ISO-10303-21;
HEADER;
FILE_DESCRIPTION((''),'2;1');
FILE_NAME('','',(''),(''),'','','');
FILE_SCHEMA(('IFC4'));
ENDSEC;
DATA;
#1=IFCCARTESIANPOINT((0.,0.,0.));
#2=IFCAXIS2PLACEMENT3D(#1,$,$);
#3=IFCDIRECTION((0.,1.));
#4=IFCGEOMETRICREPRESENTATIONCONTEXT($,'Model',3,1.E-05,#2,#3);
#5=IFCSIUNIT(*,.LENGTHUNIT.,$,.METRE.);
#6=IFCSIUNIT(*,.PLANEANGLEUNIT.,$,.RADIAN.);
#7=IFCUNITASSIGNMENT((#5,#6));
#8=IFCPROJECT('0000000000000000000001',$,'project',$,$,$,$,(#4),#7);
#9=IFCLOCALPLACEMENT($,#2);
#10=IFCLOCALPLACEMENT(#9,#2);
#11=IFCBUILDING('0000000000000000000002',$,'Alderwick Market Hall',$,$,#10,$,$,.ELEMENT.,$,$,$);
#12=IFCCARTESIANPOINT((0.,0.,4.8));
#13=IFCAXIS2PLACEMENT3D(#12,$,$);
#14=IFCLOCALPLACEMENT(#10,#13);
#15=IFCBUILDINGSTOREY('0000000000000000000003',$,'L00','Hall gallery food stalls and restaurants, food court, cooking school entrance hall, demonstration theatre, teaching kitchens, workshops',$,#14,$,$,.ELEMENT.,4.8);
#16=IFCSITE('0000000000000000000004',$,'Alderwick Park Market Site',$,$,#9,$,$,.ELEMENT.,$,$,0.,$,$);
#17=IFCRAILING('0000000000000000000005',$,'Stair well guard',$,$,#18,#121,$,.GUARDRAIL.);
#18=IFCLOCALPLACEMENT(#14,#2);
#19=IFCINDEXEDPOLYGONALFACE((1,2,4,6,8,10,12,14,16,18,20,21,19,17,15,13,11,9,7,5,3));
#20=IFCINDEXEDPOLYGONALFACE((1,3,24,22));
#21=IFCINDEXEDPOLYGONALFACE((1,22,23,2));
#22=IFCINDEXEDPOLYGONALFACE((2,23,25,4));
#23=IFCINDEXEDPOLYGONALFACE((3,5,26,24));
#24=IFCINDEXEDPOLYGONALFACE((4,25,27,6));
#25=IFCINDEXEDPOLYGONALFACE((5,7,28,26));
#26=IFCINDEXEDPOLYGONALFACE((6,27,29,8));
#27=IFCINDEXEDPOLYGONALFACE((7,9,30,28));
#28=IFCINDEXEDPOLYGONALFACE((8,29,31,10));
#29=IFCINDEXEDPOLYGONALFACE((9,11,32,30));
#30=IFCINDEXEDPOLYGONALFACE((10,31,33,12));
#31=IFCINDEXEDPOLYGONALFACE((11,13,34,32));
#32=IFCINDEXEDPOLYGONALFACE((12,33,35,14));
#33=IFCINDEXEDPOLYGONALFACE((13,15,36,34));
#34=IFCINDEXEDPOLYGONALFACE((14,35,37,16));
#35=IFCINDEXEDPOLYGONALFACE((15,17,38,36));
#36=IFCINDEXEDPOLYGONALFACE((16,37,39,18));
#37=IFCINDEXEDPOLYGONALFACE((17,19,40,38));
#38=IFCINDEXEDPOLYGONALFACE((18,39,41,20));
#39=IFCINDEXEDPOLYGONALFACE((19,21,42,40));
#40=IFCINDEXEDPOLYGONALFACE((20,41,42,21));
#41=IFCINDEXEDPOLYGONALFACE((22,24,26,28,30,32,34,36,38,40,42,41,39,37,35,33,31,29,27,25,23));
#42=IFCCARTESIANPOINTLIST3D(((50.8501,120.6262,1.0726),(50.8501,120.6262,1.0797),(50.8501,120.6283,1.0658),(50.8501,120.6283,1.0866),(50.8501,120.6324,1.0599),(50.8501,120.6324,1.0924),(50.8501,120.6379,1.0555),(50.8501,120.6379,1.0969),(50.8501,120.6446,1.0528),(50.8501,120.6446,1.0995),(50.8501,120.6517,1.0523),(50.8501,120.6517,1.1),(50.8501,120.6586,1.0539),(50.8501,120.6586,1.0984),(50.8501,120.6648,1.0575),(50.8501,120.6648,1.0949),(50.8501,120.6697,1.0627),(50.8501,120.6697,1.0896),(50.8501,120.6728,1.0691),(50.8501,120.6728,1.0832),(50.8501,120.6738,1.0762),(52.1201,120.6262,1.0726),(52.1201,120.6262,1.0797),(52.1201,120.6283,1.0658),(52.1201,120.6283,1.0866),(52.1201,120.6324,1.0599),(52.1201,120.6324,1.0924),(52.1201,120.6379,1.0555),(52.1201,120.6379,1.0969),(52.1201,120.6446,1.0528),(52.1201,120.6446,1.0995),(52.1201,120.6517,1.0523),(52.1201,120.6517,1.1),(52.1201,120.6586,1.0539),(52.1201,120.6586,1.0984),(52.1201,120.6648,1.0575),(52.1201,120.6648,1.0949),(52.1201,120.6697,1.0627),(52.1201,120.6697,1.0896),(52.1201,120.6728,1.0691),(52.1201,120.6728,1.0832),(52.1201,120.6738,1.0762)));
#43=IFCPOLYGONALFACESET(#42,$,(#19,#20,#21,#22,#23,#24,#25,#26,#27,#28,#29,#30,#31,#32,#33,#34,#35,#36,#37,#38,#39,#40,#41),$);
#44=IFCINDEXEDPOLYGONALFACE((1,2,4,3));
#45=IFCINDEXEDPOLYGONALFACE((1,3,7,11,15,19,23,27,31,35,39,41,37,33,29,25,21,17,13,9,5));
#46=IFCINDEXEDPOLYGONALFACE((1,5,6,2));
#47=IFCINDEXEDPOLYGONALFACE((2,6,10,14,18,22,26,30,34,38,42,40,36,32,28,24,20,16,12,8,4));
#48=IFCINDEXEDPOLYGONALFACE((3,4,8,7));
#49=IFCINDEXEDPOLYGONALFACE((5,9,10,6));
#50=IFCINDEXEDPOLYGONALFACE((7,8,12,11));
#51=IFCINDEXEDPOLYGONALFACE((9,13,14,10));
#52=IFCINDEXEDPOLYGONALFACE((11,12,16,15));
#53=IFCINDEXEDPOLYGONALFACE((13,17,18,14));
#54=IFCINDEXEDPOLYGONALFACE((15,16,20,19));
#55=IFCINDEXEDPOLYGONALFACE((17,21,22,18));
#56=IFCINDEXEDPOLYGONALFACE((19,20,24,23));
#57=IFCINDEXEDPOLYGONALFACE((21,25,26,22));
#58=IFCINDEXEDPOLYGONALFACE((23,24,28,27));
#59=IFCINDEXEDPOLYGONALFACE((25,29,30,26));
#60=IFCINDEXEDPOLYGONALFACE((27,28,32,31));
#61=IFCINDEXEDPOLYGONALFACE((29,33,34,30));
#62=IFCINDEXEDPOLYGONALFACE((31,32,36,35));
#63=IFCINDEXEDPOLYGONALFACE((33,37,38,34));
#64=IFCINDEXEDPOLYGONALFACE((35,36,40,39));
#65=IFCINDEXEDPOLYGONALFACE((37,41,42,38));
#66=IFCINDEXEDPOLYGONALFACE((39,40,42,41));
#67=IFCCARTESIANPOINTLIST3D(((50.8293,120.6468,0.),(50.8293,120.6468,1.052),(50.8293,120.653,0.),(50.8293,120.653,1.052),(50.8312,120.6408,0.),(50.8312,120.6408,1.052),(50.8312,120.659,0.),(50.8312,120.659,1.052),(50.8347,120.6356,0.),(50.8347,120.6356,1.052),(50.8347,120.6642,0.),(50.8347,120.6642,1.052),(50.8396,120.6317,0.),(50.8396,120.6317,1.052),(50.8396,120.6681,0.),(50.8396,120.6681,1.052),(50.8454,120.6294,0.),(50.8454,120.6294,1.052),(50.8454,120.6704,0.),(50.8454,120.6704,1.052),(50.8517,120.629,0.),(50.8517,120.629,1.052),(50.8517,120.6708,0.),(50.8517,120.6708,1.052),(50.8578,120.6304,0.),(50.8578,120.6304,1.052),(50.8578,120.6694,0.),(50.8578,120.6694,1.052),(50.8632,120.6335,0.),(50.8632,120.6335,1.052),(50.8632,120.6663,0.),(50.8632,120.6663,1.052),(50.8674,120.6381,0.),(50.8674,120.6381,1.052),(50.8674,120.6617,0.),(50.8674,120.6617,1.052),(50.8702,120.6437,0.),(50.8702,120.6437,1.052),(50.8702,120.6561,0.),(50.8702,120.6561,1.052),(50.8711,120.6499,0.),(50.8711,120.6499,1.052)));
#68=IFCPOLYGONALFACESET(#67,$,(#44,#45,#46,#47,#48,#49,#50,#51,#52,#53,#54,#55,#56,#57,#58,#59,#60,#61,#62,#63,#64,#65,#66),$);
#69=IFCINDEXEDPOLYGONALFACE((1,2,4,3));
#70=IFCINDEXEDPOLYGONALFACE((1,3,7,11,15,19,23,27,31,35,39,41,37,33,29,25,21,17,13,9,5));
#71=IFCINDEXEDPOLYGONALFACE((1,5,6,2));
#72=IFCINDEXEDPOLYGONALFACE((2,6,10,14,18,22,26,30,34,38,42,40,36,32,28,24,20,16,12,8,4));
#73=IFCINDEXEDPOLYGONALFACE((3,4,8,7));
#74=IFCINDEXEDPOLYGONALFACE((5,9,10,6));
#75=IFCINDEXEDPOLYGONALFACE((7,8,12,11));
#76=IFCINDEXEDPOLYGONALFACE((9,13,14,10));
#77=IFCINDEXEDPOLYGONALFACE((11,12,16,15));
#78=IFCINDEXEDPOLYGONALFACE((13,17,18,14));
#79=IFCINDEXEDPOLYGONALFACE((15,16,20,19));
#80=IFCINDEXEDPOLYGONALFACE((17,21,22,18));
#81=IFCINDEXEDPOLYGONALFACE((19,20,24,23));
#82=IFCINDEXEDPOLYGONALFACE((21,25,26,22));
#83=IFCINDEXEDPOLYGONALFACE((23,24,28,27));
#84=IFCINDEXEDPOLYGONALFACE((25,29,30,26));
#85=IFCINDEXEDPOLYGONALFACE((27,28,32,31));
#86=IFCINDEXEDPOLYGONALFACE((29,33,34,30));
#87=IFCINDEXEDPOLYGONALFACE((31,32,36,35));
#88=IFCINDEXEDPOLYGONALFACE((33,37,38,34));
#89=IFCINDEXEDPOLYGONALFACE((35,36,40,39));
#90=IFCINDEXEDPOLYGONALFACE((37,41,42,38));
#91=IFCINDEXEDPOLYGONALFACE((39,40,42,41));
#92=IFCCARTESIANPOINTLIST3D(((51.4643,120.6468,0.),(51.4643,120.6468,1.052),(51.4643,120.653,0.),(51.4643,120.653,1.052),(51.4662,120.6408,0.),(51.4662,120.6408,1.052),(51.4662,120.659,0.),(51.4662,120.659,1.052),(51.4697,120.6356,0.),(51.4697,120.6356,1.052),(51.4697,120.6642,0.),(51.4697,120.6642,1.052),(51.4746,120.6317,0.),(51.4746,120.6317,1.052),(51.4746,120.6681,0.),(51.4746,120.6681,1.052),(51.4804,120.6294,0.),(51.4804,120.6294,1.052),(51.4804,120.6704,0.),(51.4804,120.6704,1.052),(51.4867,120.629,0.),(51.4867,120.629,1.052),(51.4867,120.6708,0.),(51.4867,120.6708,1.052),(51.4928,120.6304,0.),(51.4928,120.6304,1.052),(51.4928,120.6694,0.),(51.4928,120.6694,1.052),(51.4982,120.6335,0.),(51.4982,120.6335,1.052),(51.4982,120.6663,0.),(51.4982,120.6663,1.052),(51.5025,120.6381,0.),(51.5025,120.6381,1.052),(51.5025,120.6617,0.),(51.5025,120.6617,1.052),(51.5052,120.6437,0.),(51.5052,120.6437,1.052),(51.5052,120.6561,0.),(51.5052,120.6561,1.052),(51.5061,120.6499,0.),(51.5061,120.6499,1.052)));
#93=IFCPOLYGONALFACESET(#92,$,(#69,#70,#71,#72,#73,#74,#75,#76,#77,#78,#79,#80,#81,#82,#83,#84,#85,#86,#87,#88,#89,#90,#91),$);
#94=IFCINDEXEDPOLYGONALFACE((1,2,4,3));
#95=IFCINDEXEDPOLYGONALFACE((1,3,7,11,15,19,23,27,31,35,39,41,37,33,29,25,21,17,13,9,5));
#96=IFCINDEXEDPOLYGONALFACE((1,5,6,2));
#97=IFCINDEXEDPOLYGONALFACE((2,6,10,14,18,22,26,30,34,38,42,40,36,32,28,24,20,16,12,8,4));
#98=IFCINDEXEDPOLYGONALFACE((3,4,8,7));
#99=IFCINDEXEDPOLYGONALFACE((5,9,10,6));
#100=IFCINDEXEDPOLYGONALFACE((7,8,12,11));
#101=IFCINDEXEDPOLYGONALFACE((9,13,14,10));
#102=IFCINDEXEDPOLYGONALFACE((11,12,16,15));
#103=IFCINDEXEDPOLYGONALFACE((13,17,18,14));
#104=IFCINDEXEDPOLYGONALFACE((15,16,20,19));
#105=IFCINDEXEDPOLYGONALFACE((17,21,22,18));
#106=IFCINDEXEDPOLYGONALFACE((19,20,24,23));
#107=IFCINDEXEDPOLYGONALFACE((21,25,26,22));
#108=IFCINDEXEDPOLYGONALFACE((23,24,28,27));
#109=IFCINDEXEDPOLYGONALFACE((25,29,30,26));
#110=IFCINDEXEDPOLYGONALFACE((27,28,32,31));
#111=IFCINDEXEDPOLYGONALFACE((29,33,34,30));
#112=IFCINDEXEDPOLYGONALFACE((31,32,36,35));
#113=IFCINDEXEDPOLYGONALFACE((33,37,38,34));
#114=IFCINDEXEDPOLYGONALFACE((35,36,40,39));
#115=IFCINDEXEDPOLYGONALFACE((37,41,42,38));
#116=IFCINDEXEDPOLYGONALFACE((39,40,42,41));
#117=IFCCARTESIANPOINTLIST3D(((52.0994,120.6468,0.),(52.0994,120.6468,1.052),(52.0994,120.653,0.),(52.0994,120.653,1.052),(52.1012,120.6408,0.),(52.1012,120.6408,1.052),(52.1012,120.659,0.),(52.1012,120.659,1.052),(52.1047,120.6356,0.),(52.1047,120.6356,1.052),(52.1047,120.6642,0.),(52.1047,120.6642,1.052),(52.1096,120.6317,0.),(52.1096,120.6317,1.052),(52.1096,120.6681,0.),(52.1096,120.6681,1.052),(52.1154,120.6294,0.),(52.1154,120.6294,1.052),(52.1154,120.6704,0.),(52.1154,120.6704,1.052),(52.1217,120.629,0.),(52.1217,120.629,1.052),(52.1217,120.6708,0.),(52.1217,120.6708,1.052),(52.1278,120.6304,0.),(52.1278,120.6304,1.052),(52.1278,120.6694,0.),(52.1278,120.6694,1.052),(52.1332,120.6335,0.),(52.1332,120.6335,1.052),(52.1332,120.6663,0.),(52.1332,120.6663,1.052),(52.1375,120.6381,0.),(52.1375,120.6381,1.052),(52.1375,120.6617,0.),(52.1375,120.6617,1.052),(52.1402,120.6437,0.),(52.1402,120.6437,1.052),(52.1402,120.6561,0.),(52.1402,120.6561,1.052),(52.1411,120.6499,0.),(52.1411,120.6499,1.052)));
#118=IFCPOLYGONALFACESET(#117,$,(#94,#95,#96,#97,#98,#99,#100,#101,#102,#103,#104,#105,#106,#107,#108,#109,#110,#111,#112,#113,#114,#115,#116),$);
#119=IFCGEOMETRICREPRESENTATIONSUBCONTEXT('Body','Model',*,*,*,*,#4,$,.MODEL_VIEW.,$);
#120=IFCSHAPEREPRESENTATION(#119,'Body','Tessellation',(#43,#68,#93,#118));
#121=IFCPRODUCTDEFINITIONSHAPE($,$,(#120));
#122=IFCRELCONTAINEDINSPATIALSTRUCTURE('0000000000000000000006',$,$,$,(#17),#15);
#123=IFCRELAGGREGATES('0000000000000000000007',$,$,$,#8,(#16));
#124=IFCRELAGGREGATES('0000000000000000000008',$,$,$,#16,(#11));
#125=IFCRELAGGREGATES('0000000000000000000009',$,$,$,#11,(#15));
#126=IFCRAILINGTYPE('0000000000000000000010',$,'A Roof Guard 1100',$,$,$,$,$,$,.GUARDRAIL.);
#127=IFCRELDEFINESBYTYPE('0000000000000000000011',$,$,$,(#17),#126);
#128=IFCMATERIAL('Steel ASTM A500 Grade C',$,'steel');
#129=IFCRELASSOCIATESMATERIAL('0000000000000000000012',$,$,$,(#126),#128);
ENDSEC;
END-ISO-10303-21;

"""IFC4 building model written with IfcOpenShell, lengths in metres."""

from ifc_helpers import new_model, si_unit, direction, frame, origin, origin_2d, place, context, subcontext, project, spatial, circle, extrude, material, type_object, element, save


model = new_model("IFC4")

# Units and contexts
model_context = context("Model", 3, precision=1e-05, world=origin(), true_north=direction((0.0, 1.0)))
body_context = subcontext(model_context, "Body", "Model", "MODEL_VIEW")
ifc_project = project(units=[si_unit("LENGTHUNIT", "METRE"), si_unit("PLANEANGLEUNIT", "RADIAN")], contexts=[model_context])

# Site, building, storey
site_placement = place(None, origin())
site = spatial("IfcSite", under=ifc_project, at=site_placement, Name="Alderwick Park Market Site", CompositionType="ELEMENT", RefElevation=0.0)
building_placement = place(site_placement, origin())
building = spatial("IfcBuilding", under=site, at=building_placement, Name="Alderwick Market Hall", CompositionType="ELEMENT")
storey_placement = place(building_placement, frame((0.0, 0.0, 4.8)))
storey = spatial("IfcBuildingStorey", under=building, at=storey_placement, Name="L00", Description="Hall gallery food stalls and restaurants, food court, cooking school entrance hall, demonstration theatre, teaching kitchens, workshops", CompositionType="ELEMENT", Elevation=4.8)

# Railing
ifc_material_1 = material(Name="Steel ASTM A500 Grade C", Category="steel")
railing_type = type_object("IfcRailingType", Name="A Roof Guard 1100", PredefinedType="GUARDRAIL", material=ifc_material_1)
railing_1_placement = place(storey_placement, frame((50.8501, 120.6499, 0.0)))
element("IfcRailing", 1, at=railing_1_placement, inside=storey, type_object=railing_type, Name="Stair well guard", PredefinedType="GUARDRAIL", context=body_context, shape_type="SweptSolid", body=[
    extrude(circle(Radius=0.0239, at=origin_2d()), frame((0.0, 0.0, 1.0762), z_axis=(1.0, 0.0, 0.0), x_axis=(0.0, 1.0, 0.0)), (0.0, 0.0, 1.0), 1.27),
    extrude(circle(Radius=0.021, at=origin_2d()), origin(), (0.0, 0.0, 1.0), 1.052),
    extrude(circle(Radius=0.021, at=origin_2d()), frame((0.635, 0.0, 0.0)), (0.0, 0.0, 1.0), 1.052),
    extrude(circle(Radius=0.021, at=origin_2d()), frame((1.27, 0.0, 0.0)), (0.0, 0.0, 1.0), 1.052),
])

save(model, "model.ifc")
